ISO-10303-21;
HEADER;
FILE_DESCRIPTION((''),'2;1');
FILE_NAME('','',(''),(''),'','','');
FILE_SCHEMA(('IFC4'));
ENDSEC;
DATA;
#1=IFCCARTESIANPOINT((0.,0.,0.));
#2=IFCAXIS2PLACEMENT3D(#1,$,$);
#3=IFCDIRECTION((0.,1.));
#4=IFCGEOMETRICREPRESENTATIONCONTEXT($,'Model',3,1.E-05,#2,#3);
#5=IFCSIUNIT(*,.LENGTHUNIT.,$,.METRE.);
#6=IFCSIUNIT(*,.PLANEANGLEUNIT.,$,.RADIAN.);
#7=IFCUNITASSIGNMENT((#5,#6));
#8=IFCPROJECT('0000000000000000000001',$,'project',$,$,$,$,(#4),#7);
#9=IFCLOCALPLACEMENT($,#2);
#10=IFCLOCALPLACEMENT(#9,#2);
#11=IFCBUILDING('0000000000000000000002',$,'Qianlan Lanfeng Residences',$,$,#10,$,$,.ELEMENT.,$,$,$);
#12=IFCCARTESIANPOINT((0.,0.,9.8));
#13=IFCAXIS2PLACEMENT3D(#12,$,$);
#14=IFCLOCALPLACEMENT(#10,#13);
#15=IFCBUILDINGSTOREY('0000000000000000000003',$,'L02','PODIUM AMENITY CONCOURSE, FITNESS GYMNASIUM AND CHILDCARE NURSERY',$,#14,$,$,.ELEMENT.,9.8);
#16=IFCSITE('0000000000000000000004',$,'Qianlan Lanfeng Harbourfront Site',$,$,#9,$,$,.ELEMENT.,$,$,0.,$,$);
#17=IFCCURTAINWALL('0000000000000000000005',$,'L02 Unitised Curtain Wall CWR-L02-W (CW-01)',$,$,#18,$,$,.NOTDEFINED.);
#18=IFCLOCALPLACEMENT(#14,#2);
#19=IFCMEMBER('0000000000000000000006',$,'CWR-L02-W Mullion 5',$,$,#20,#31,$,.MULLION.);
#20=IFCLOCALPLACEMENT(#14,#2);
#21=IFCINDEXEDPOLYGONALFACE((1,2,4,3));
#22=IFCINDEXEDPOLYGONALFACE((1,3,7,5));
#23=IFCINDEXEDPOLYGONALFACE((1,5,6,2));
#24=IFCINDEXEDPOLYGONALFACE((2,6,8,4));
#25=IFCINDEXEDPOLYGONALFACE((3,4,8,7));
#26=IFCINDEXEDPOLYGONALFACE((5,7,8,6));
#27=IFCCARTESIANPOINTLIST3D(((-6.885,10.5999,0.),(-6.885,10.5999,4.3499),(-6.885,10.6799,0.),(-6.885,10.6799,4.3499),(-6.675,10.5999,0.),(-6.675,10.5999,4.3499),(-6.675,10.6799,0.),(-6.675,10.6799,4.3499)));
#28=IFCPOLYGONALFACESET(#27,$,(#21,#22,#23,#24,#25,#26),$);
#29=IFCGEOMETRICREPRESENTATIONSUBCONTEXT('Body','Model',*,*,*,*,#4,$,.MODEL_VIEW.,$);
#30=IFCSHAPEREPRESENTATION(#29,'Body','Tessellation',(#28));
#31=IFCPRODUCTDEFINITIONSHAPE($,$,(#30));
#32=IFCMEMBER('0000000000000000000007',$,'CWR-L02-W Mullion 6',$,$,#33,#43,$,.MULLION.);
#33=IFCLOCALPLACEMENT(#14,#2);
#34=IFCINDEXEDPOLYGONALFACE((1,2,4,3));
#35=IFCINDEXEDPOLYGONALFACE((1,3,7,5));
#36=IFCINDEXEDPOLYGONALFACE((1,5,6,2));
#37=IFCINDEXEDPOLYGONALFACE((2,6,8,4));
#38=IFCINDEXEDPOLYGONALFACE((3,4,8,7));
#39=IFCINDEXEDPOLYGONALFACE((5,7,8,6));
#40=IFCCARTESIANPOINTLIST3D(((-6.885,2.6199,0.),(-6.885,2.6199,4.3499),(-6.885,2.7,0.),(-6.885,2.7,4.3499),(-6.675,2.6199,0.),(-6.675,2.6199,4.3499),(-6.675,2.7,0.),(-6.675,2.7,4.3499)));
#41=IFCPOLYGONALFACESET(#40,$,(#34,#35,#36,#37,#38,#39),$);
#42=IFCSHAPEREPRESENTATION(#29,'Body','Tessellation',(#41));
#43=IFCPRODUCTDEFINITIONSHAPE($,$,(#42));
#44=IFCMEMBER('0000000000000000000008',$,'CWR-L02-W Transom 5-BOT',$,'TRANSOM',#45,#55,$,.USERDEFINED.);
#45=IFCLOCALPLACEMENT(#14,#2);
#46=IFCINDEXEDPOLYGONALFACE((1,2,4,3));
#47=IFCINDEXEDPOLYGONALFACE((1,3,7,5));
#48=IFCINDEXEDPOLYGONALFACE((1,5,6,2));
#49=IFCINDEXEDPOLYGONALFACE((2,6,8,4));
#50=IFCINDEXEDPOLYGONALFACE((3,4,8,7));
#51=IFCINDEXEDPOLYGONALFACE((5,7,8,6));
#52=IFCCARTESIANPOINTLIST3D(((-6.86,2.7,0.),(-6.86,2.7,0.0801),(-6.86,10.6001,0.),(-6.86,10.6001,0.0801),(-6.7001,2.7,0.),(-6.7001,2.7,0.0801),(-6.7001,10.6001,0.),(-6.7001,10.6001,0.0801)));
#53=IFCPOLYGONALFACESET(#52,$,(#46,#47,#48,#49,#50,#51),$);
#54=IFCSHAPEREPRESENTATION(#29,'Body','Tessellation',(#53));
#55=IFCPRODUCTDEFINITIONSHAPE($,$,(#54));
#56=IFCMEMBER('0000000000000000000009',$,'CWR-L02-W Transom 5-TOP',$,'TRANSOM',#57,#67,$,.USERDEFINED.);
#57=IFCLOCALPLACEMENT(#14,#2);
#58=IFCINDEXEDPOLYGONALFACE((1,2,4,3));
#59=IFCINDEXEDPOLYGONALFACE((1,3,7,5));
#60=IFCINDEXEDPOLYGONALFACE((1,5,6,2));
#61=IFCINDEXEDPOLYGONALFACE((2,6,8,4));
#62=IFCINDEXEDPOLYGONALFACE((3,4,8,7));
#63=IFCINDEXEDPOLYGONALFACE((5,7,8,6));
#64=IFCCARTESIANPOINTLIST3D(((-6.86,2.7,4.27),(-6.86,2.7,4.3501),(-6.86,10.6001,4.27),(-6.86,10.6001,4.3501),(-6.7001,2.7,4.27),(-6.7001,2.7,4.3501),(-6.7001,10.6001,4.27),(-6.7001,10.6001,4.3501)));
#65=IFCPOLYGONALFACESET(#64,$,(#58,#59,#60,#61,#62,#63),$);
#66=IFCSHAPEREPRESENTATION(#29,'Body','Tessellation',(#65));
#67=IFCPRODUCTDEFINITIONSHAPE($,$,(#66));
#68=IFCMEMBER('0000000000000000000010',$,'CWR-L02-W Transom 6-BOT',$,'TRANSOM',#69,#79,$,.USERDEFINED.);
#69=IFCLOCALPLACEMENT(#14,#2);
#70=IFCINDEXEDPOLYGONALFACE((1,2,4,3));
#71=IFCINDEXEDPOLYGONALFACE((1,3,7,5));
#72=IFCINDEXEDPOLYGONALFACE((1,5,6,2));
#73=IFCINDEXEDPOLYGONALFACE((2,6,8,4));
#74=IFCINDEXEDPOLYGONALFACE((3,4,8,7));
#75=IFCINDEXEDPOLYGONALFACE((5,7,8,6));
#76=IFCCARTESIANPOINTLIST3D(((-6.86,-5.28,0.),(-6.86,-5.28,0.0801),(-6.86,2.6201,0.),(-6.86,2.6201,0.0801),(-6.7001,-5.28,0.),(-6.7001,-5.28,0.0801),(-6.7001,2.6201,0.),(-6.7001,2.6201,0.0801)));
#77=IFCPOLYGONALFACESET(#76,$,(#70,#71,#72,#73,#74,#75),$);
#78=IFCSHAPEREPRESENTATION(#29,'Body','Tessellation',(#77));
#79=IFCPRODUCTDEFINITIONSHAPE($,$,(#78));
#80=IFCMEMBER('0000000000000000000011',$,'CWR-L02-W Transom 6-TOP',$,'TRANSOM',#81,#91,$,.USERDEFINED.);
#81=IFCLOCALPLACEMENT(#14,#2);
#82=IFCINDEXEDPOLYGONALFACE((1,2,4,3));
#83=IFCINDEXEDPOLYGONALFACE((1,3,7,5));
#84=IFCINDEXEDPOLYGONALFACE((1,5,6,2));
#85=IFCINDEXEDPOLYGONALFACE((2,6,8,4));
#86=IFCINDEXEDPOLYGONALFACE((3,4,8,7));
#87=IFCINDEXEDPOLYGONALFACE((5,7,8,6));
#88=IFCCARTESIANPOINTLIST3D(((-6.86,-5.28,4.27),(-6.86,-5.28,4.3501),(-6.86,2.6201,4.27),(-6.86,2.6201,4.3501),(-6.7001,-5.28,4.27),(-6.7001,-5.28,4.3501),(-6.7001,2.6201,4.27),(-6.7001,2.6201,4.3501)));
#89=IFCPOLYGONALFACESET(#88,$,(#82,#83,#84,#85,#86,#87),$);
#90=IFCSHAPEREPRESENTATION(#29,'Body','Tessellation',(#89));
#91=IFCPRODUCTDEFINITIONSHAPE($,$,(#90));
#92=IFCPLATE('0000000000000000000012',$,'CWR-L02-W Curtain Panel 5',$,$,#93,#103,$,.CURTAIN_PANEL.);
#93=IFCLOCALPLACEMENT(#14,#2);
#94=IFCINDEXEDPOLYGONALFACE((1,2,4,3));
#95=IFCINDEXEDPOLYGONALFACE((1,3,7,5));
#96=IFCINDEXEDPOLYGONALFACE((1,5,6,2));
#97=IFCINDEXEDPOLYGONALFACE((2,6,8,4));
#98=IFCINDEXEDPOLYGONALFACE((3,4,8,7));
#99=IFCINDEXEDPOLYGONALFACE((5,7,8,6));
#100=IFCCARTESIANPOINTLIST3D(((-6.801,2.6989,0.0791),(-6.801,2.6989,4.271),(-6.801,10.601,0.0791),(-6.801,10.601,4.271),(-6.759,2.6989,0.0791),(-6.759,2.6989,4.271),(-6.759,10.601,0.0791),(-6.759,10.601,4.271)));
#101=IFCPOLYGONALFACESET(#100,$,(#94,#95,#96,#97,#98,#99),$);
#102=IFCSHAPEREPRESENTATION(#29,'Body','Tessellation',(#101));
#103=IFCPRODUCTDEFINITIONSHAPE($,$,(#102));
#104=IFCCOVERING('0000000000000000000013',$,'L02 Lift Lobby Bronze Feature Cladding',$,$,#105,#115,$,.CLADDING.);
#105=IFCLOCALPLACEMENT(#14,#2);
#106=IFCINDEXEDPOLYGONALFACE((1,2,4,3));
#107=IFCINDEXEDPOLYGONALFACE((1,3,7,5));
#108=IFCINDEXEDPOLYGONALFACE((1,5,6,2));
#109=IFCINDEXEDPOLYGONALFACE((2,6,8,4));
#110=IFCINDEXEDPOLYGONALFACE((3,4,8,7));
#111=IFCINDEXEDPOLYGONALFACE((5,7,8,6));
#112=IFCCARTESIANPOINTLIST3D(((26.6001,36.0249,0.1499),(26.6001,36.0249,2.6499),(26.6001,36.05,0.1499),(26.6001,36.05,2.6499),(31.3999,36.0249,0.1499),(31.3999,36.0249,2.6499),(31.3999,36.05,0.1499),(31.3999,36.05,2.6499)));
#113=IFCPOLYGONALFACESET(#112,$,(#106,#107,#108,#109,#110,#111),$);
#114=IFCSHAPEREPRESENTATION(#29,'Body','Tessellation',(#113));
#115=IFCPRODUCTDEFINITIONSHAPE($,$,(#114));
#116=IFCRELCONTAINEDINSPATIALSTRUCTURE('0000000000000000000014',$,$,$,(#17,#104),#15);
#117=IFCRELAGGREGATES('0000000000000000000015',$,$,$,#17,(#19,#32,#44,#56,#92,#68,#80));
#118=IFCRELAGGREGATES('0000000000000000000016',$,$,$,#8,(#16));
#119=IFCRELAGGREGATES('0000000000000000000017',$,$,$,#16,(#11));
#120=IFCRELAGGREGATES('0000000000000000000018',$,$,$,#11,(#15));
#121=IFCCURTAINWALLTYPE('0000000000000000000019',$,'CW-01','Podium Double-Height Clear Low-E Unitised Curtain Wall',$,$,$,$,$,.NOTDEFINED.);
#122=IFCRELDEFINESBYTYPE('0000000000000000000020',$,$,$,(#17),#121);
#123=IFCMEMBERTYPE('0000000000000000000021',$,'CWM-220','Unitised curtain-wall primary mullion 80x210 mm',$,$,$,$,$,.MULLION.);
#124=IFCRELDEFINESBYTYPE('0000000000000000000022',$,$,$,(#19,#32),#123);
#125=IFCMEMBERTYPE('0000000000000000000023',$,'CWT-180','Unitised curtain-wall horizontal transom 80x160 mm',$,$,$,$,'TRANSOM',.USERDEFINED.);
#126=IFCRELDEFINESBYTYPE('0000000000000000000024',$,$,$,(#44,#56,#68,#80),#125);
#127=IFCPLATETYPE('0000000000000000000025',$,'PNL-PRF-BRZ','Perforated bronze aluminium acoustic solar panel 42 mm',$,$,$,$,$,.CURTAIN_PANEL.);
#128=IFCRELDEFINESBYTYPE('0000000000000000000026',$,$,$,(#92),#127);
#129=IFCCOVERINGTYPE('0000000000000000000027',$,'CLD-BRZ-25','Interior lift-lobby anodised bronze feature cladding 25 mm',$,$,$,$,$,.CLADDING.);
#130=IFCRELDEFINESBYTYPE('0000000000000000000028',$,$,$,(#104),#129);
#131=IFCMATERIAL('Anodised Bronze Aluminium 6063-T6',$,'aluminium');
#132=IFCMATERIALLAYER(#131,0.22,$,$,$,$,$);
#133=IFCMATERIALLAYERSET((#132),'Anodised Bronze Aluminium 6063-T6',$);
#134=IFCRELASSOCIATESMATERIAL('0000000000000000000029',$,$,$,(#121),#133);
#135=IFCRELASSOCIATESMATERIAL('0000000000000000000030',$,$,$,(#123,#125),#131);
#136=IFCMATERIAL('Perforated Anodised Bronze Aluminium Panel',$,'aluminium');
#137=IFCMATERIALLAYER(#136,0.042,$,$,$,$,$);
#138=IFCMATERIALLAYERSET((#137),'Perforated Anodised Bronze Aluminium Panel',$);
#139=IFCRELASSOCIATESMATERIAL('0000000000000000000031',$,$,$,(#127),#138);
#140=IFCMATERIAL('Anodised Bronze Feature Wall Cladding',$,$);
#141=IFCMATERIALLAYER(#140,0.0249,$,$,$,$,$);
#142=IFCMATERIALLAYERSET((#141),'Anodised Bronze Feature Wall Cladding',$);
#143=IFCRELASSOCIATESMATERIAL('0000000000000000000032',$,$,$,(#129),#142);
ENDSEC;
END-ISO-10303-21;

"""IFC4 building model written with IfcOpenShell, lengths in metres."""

from ifc_helpers import new_model, si_unit, direction, frame, origin, origin_2d, place, context, subcontext, project, spatial, polyline, rectangle, outline, extrude, source, transform, mapped, material, layer, layer_set, material_profile, profile_set, type_object, element, aggregate, save


model = new_model("IFC4")

# Units and contexts
model_context = context("Model", 3, precision=1e-05, world=origin(), true_north=direction((0.0, 1.0)))
body_context = subcontext(model_context, "Body", "Model", "MODEL_VIEW")
ifc_project = project(units=[si_unit("LENGTHUNIT", "METRE"), si_unit("PLANEANGLEUNIT", "RADIAN")], contexts=[model_context])

# Site, building, storey
site_placement = place(None, origin())
site = spatial("IfcSite", under=ifc_project, at=site_placement, Name="Qianlan Lanfeng Harbourfront Site", CompositionType="ELEMENT", RefElevation=0.0)
building_placement = place(site_placement, origin())
building = spatial("IfcBuilding", under=site, at=building_placement, Name="Qianlan Lanfeng Residences", CompositionType="ELEMENT")
storey_placement = place(building_placement, frame((0.0, 0.0, 9.8)))
storey = spatial("IfcBuildingStorey", under=building, at=storey_placement, Name="L02", Description="PODIUM AMENITY CONCOURSE, FITNESS GYMNASIUM AND CHILDCARE NURSERY", CompositionType="ELEMENT", Elevation=9.8)

# Curtain wall, members, plate
ifc_material_1 = material(Name="Anodised Bronze Aluminium 6063-T6", Category="aluminium")
ifc_layer_1 = layer(ifc_material_1, 0.22)
ifc_layer_set_1 = layer_set([ifc_layer_1], Name="Anodised Bronze Aluminium 6063-T6")
curtain_wall_type = type_object("IfcCurtainWallType", Name="CW-01", Description="Podium Double-Height Clear Low-E Unitised Curtain Wall", PredefinedType="NOTDEFINED", material=ifc_layer_set_1)
curtain_wall_placement = place(storey_placement, origin())
curtain_wall = element("IfcCurtainWall", 1, at=curtain_wall_placement, inside=storey, type_object=curtain_wall_type, Name="L02 Unitised Curtain Wall CWR-L02-W (CW-01)", PredefinedType="NOTDEFINED")
ifc_material_profile_1 = material_profile(ifc_material_1, rectangle(XDim=0.0801, YDim=0.21, at=origin_2d()), Name="ALU MULLION 80x210")
ifc_profile_set_1 = profile_set([ifc_material_profile_1], Name="Anodised Bronze Aluminium 6063-T6")
member_type_1 = type_object("IfcMemberType", Name="CWM-220", Description="Unitised curtain-wall primary mullion 80x210 mm", PredefinedType="MULLION", material=ifc_profile_set_1)
shared_shape_1 = source(origin(), body_context, "Body", "SweptSolid", [
    extrude(rectangle(XDim=0.0801, YDim=0.21, at=origin_2d()), origin(), (0.0, 0.0, 1.0), 4.3499),
])
member_1_placement = place(storey_placement, frame((-6.78, 10.6399, 0.0), z_axis=(0.0, 0.0, 1.0), x_axis=(0.0, -1.0, 0.0)))
member_1 = element("IfcMember", 2, at=member_1_placement, type_object=member_type_1, Name="CWR-L02-W Mullion 5", PredefinedType="MULLION", context=body_context, shape_type="MappedRepresentation", body=[
    mapped(shared_shape_1, transform((0.0, 0.0, 0.0), scale=1.0)),
])
member_2_placement = place(storey_placement, frame((-6.78, 2.6599, 0.0), z_axis=(0.0, 0.0, 1.0), x_axis=(0.0, -1.0, 0.0)))
member_2 = element("IfcMember", 3, at=member_2_placement, type_object=member_type_1, Name="CWR-L02-W Mullion 6", PredefinedType="MULLION", context=body_context, shape_type="MappedRepresentation", body=[
    mapped(shared_shape_1, transform((0.0, 0.0, 0.0), scale=1.0)),
])
ifc_material_profile_2 = material_profile(ifc_material_1, rectangle(XDim=0.0801, YDim=0.1599, at=origin_2d()), Name="ALU TRANSOM 80x160")
ifc_profile_set_2 = profile_set([ifc_material_profile_2], Name="Anodised Bronze Aluminium 6063-T6")
member_type_2 = type_object("IfcMemberType", Name="CWT-180", Description="Unitised curtain-wall horizontal transom 80x160 mm", ElementType="TRANSOM", PredefinedType="USERDEFINED", material=ifc_profile_set_2)
shared_shape_2 = source(origin(), body_context, "Body", "SweptSolid", [
    extrude(rectangle(XDim=0.0801, YDim=0.1599, at=origin_2d()), origin(), (0.0, 0.0, 1.0), 7.9001),
])
member_3_placement = place(storey_placement, frame((-6.78, 10.6001, 0.04), z_axis=(0.0, -1.0, 0.0), x_axis=(0.0, 0.0, 1.0)))
member_3 = element("IfcMember", 4, at=member_3_placement, type_object=member_type_2, Name="CWR-L02-W Transom 5-BOT", ObjectType="TRANSOM", PredefinedType="USERDEFINED", context=body_context, shape_type="MappedRepresentation", body=[
    mapped(shared_shape_2, transform((0.0, 0.0, 0.0), scale=1.0)),
])
member_4_placement = place(storey_placement, frame((-6.78, 10.6001, 4.3101), z_axis=(0.0, -1.0, 0.0), x_axis=(0.0, 0.0, 1.0)))
member_4 = element("IfcMember", 5, at=member_4_placement, type_object=member_type_2, Name="CWR-L02-W Transom 5-TOP", ObjectType="TRANSOM", PredefinedType="USERDEFINED", context=body_context, shape_type="MappedRepresentation", body=[
    mapped(shared_shape_2, transform((0.0, 0.0, 0.0), scale=1.0)),
])
member_5_placement = place(storey_placement, frame((-6.78, 2.6201, 0.04), z_axis=(0.0, -1.0, 0.0), x_axis=(0.0, 0.0, 1.0)))
member_5 = element("IfcMember", 6, at=member_5_placement, type_object=member_type_2, Name="CWR-L02-W Transom 6-BOT", ObjectType="TRANSOM", PredefinedType="USERDEFINED", context=body_context, shape_type="MappedRepresentation", body=[
    mapped(shared_shape_2, transform((0.0, 0.0, 0.0), scale=1.0)),
])
member_6_placement = place(storey_placement, frame((-6.78, 2.6201, 4.3101), z_axis=(0.0, -1.0, 0.0), x_axis=(0.0, 0.0, 1.0)))
member_6 = element("IfcMember", 7, at=member_6_placement, type_object=member_type_2, Name="CWR-L02-W Transom 6-TOP", ObjectType="TRANSOM", PredefinedType="USERDEFINED", context=body_context, shape_type="MappedRepresentation", body=[
    mapped(shared_shape_2, transform((0.0, 0.0, 0.0), scale=1.0)),
])
ifc_material_2 = material(Name="Perforated Anodised Bronze Aluminium Panel", Category="aluminium")
ifc_layer_2 = layer(ifc_material_2, 0.042)
ifc_layer_set_2 = layer_set([ifc_layer_2], Name="Perforated Anodised Bronze Aluminium Panel")
plate_type = type_object("IfcPlateType", Name="PNL-PRF-BRZ", Description="Perforated bronze aluminium acoustic solar panel 42 mm", PredefinedType="CURTAIN_PANEL", material=ifc_layer_set_2)
shared_shape_3 = source(origin(), body_context, "Body", "SweptSolid", [
    extrude(rectangle(XDim=7.9021, YDim=0.042, at=origin_2d()), origin(), (0.0, 0.0, 1.0), 4.1919),
])
plate_placement = place(storey_placement, frame((-6.78, 6.6499, 0.0791), z_axis=(0.0, 0.0, 1.0), x_axis=(0.0, -1.0, 0.0)))
plate = element("IfcPlate", 8, at=plate_placement, type_object=plate_type, Name="CWR-L02-W Curtain Panel 5", PredefinedType="CURTAIN_PANEL", context=body_context, shape_type="MappedRepresentation", body=[
    mapped(shared_shape_3, transform((0.0, 0.0, 0.0), scale=1.0)),
])
aggregate(curtain_wall, [member_1, member_2, member_3, member_4, plate, member_5, member_6])

# Covering
ifc_material_3 = material(Name="Anodised Bronze Feature Wall Cladding")
ifc_layer_3 = layer(ifc_material_3, 0.0249)
ifc_layer_set_3 = layer_set([ifc_layer_3], Name="Anodised Bronze Feature Wall Cladding")
covering_type_1 = type_object("IfcCoveringType", Name="CLD-BRZ-25", Description="Interior lift-lobby anodised bronze feature cladding 25 mm", PredefinedType="CLADDING", material=ifc_layer_set_3)
covering_1_placement = place(storey_placement, frame((0.0, 0.0, 0.1499)))
element("IfcCovering", 9, at=covering_1_placement, inside=storey, type_object=covering_type_1, Name="L02 Lift Lobby Bronze Feature Cladding", PredefinedType="CLADDING", context=body_context, shape_type="SweptSolid", body=[
    extrude(outline(polyline([(26.6001, 36.0249), (31.3999, 36.0249), (31.3999, 36.05), (26.6001, 36.05), (26.6001, 36.0249)])), origin(), (0.0, 0.0, 1.0), 2.5),
])

save(model, "model.ifc")
